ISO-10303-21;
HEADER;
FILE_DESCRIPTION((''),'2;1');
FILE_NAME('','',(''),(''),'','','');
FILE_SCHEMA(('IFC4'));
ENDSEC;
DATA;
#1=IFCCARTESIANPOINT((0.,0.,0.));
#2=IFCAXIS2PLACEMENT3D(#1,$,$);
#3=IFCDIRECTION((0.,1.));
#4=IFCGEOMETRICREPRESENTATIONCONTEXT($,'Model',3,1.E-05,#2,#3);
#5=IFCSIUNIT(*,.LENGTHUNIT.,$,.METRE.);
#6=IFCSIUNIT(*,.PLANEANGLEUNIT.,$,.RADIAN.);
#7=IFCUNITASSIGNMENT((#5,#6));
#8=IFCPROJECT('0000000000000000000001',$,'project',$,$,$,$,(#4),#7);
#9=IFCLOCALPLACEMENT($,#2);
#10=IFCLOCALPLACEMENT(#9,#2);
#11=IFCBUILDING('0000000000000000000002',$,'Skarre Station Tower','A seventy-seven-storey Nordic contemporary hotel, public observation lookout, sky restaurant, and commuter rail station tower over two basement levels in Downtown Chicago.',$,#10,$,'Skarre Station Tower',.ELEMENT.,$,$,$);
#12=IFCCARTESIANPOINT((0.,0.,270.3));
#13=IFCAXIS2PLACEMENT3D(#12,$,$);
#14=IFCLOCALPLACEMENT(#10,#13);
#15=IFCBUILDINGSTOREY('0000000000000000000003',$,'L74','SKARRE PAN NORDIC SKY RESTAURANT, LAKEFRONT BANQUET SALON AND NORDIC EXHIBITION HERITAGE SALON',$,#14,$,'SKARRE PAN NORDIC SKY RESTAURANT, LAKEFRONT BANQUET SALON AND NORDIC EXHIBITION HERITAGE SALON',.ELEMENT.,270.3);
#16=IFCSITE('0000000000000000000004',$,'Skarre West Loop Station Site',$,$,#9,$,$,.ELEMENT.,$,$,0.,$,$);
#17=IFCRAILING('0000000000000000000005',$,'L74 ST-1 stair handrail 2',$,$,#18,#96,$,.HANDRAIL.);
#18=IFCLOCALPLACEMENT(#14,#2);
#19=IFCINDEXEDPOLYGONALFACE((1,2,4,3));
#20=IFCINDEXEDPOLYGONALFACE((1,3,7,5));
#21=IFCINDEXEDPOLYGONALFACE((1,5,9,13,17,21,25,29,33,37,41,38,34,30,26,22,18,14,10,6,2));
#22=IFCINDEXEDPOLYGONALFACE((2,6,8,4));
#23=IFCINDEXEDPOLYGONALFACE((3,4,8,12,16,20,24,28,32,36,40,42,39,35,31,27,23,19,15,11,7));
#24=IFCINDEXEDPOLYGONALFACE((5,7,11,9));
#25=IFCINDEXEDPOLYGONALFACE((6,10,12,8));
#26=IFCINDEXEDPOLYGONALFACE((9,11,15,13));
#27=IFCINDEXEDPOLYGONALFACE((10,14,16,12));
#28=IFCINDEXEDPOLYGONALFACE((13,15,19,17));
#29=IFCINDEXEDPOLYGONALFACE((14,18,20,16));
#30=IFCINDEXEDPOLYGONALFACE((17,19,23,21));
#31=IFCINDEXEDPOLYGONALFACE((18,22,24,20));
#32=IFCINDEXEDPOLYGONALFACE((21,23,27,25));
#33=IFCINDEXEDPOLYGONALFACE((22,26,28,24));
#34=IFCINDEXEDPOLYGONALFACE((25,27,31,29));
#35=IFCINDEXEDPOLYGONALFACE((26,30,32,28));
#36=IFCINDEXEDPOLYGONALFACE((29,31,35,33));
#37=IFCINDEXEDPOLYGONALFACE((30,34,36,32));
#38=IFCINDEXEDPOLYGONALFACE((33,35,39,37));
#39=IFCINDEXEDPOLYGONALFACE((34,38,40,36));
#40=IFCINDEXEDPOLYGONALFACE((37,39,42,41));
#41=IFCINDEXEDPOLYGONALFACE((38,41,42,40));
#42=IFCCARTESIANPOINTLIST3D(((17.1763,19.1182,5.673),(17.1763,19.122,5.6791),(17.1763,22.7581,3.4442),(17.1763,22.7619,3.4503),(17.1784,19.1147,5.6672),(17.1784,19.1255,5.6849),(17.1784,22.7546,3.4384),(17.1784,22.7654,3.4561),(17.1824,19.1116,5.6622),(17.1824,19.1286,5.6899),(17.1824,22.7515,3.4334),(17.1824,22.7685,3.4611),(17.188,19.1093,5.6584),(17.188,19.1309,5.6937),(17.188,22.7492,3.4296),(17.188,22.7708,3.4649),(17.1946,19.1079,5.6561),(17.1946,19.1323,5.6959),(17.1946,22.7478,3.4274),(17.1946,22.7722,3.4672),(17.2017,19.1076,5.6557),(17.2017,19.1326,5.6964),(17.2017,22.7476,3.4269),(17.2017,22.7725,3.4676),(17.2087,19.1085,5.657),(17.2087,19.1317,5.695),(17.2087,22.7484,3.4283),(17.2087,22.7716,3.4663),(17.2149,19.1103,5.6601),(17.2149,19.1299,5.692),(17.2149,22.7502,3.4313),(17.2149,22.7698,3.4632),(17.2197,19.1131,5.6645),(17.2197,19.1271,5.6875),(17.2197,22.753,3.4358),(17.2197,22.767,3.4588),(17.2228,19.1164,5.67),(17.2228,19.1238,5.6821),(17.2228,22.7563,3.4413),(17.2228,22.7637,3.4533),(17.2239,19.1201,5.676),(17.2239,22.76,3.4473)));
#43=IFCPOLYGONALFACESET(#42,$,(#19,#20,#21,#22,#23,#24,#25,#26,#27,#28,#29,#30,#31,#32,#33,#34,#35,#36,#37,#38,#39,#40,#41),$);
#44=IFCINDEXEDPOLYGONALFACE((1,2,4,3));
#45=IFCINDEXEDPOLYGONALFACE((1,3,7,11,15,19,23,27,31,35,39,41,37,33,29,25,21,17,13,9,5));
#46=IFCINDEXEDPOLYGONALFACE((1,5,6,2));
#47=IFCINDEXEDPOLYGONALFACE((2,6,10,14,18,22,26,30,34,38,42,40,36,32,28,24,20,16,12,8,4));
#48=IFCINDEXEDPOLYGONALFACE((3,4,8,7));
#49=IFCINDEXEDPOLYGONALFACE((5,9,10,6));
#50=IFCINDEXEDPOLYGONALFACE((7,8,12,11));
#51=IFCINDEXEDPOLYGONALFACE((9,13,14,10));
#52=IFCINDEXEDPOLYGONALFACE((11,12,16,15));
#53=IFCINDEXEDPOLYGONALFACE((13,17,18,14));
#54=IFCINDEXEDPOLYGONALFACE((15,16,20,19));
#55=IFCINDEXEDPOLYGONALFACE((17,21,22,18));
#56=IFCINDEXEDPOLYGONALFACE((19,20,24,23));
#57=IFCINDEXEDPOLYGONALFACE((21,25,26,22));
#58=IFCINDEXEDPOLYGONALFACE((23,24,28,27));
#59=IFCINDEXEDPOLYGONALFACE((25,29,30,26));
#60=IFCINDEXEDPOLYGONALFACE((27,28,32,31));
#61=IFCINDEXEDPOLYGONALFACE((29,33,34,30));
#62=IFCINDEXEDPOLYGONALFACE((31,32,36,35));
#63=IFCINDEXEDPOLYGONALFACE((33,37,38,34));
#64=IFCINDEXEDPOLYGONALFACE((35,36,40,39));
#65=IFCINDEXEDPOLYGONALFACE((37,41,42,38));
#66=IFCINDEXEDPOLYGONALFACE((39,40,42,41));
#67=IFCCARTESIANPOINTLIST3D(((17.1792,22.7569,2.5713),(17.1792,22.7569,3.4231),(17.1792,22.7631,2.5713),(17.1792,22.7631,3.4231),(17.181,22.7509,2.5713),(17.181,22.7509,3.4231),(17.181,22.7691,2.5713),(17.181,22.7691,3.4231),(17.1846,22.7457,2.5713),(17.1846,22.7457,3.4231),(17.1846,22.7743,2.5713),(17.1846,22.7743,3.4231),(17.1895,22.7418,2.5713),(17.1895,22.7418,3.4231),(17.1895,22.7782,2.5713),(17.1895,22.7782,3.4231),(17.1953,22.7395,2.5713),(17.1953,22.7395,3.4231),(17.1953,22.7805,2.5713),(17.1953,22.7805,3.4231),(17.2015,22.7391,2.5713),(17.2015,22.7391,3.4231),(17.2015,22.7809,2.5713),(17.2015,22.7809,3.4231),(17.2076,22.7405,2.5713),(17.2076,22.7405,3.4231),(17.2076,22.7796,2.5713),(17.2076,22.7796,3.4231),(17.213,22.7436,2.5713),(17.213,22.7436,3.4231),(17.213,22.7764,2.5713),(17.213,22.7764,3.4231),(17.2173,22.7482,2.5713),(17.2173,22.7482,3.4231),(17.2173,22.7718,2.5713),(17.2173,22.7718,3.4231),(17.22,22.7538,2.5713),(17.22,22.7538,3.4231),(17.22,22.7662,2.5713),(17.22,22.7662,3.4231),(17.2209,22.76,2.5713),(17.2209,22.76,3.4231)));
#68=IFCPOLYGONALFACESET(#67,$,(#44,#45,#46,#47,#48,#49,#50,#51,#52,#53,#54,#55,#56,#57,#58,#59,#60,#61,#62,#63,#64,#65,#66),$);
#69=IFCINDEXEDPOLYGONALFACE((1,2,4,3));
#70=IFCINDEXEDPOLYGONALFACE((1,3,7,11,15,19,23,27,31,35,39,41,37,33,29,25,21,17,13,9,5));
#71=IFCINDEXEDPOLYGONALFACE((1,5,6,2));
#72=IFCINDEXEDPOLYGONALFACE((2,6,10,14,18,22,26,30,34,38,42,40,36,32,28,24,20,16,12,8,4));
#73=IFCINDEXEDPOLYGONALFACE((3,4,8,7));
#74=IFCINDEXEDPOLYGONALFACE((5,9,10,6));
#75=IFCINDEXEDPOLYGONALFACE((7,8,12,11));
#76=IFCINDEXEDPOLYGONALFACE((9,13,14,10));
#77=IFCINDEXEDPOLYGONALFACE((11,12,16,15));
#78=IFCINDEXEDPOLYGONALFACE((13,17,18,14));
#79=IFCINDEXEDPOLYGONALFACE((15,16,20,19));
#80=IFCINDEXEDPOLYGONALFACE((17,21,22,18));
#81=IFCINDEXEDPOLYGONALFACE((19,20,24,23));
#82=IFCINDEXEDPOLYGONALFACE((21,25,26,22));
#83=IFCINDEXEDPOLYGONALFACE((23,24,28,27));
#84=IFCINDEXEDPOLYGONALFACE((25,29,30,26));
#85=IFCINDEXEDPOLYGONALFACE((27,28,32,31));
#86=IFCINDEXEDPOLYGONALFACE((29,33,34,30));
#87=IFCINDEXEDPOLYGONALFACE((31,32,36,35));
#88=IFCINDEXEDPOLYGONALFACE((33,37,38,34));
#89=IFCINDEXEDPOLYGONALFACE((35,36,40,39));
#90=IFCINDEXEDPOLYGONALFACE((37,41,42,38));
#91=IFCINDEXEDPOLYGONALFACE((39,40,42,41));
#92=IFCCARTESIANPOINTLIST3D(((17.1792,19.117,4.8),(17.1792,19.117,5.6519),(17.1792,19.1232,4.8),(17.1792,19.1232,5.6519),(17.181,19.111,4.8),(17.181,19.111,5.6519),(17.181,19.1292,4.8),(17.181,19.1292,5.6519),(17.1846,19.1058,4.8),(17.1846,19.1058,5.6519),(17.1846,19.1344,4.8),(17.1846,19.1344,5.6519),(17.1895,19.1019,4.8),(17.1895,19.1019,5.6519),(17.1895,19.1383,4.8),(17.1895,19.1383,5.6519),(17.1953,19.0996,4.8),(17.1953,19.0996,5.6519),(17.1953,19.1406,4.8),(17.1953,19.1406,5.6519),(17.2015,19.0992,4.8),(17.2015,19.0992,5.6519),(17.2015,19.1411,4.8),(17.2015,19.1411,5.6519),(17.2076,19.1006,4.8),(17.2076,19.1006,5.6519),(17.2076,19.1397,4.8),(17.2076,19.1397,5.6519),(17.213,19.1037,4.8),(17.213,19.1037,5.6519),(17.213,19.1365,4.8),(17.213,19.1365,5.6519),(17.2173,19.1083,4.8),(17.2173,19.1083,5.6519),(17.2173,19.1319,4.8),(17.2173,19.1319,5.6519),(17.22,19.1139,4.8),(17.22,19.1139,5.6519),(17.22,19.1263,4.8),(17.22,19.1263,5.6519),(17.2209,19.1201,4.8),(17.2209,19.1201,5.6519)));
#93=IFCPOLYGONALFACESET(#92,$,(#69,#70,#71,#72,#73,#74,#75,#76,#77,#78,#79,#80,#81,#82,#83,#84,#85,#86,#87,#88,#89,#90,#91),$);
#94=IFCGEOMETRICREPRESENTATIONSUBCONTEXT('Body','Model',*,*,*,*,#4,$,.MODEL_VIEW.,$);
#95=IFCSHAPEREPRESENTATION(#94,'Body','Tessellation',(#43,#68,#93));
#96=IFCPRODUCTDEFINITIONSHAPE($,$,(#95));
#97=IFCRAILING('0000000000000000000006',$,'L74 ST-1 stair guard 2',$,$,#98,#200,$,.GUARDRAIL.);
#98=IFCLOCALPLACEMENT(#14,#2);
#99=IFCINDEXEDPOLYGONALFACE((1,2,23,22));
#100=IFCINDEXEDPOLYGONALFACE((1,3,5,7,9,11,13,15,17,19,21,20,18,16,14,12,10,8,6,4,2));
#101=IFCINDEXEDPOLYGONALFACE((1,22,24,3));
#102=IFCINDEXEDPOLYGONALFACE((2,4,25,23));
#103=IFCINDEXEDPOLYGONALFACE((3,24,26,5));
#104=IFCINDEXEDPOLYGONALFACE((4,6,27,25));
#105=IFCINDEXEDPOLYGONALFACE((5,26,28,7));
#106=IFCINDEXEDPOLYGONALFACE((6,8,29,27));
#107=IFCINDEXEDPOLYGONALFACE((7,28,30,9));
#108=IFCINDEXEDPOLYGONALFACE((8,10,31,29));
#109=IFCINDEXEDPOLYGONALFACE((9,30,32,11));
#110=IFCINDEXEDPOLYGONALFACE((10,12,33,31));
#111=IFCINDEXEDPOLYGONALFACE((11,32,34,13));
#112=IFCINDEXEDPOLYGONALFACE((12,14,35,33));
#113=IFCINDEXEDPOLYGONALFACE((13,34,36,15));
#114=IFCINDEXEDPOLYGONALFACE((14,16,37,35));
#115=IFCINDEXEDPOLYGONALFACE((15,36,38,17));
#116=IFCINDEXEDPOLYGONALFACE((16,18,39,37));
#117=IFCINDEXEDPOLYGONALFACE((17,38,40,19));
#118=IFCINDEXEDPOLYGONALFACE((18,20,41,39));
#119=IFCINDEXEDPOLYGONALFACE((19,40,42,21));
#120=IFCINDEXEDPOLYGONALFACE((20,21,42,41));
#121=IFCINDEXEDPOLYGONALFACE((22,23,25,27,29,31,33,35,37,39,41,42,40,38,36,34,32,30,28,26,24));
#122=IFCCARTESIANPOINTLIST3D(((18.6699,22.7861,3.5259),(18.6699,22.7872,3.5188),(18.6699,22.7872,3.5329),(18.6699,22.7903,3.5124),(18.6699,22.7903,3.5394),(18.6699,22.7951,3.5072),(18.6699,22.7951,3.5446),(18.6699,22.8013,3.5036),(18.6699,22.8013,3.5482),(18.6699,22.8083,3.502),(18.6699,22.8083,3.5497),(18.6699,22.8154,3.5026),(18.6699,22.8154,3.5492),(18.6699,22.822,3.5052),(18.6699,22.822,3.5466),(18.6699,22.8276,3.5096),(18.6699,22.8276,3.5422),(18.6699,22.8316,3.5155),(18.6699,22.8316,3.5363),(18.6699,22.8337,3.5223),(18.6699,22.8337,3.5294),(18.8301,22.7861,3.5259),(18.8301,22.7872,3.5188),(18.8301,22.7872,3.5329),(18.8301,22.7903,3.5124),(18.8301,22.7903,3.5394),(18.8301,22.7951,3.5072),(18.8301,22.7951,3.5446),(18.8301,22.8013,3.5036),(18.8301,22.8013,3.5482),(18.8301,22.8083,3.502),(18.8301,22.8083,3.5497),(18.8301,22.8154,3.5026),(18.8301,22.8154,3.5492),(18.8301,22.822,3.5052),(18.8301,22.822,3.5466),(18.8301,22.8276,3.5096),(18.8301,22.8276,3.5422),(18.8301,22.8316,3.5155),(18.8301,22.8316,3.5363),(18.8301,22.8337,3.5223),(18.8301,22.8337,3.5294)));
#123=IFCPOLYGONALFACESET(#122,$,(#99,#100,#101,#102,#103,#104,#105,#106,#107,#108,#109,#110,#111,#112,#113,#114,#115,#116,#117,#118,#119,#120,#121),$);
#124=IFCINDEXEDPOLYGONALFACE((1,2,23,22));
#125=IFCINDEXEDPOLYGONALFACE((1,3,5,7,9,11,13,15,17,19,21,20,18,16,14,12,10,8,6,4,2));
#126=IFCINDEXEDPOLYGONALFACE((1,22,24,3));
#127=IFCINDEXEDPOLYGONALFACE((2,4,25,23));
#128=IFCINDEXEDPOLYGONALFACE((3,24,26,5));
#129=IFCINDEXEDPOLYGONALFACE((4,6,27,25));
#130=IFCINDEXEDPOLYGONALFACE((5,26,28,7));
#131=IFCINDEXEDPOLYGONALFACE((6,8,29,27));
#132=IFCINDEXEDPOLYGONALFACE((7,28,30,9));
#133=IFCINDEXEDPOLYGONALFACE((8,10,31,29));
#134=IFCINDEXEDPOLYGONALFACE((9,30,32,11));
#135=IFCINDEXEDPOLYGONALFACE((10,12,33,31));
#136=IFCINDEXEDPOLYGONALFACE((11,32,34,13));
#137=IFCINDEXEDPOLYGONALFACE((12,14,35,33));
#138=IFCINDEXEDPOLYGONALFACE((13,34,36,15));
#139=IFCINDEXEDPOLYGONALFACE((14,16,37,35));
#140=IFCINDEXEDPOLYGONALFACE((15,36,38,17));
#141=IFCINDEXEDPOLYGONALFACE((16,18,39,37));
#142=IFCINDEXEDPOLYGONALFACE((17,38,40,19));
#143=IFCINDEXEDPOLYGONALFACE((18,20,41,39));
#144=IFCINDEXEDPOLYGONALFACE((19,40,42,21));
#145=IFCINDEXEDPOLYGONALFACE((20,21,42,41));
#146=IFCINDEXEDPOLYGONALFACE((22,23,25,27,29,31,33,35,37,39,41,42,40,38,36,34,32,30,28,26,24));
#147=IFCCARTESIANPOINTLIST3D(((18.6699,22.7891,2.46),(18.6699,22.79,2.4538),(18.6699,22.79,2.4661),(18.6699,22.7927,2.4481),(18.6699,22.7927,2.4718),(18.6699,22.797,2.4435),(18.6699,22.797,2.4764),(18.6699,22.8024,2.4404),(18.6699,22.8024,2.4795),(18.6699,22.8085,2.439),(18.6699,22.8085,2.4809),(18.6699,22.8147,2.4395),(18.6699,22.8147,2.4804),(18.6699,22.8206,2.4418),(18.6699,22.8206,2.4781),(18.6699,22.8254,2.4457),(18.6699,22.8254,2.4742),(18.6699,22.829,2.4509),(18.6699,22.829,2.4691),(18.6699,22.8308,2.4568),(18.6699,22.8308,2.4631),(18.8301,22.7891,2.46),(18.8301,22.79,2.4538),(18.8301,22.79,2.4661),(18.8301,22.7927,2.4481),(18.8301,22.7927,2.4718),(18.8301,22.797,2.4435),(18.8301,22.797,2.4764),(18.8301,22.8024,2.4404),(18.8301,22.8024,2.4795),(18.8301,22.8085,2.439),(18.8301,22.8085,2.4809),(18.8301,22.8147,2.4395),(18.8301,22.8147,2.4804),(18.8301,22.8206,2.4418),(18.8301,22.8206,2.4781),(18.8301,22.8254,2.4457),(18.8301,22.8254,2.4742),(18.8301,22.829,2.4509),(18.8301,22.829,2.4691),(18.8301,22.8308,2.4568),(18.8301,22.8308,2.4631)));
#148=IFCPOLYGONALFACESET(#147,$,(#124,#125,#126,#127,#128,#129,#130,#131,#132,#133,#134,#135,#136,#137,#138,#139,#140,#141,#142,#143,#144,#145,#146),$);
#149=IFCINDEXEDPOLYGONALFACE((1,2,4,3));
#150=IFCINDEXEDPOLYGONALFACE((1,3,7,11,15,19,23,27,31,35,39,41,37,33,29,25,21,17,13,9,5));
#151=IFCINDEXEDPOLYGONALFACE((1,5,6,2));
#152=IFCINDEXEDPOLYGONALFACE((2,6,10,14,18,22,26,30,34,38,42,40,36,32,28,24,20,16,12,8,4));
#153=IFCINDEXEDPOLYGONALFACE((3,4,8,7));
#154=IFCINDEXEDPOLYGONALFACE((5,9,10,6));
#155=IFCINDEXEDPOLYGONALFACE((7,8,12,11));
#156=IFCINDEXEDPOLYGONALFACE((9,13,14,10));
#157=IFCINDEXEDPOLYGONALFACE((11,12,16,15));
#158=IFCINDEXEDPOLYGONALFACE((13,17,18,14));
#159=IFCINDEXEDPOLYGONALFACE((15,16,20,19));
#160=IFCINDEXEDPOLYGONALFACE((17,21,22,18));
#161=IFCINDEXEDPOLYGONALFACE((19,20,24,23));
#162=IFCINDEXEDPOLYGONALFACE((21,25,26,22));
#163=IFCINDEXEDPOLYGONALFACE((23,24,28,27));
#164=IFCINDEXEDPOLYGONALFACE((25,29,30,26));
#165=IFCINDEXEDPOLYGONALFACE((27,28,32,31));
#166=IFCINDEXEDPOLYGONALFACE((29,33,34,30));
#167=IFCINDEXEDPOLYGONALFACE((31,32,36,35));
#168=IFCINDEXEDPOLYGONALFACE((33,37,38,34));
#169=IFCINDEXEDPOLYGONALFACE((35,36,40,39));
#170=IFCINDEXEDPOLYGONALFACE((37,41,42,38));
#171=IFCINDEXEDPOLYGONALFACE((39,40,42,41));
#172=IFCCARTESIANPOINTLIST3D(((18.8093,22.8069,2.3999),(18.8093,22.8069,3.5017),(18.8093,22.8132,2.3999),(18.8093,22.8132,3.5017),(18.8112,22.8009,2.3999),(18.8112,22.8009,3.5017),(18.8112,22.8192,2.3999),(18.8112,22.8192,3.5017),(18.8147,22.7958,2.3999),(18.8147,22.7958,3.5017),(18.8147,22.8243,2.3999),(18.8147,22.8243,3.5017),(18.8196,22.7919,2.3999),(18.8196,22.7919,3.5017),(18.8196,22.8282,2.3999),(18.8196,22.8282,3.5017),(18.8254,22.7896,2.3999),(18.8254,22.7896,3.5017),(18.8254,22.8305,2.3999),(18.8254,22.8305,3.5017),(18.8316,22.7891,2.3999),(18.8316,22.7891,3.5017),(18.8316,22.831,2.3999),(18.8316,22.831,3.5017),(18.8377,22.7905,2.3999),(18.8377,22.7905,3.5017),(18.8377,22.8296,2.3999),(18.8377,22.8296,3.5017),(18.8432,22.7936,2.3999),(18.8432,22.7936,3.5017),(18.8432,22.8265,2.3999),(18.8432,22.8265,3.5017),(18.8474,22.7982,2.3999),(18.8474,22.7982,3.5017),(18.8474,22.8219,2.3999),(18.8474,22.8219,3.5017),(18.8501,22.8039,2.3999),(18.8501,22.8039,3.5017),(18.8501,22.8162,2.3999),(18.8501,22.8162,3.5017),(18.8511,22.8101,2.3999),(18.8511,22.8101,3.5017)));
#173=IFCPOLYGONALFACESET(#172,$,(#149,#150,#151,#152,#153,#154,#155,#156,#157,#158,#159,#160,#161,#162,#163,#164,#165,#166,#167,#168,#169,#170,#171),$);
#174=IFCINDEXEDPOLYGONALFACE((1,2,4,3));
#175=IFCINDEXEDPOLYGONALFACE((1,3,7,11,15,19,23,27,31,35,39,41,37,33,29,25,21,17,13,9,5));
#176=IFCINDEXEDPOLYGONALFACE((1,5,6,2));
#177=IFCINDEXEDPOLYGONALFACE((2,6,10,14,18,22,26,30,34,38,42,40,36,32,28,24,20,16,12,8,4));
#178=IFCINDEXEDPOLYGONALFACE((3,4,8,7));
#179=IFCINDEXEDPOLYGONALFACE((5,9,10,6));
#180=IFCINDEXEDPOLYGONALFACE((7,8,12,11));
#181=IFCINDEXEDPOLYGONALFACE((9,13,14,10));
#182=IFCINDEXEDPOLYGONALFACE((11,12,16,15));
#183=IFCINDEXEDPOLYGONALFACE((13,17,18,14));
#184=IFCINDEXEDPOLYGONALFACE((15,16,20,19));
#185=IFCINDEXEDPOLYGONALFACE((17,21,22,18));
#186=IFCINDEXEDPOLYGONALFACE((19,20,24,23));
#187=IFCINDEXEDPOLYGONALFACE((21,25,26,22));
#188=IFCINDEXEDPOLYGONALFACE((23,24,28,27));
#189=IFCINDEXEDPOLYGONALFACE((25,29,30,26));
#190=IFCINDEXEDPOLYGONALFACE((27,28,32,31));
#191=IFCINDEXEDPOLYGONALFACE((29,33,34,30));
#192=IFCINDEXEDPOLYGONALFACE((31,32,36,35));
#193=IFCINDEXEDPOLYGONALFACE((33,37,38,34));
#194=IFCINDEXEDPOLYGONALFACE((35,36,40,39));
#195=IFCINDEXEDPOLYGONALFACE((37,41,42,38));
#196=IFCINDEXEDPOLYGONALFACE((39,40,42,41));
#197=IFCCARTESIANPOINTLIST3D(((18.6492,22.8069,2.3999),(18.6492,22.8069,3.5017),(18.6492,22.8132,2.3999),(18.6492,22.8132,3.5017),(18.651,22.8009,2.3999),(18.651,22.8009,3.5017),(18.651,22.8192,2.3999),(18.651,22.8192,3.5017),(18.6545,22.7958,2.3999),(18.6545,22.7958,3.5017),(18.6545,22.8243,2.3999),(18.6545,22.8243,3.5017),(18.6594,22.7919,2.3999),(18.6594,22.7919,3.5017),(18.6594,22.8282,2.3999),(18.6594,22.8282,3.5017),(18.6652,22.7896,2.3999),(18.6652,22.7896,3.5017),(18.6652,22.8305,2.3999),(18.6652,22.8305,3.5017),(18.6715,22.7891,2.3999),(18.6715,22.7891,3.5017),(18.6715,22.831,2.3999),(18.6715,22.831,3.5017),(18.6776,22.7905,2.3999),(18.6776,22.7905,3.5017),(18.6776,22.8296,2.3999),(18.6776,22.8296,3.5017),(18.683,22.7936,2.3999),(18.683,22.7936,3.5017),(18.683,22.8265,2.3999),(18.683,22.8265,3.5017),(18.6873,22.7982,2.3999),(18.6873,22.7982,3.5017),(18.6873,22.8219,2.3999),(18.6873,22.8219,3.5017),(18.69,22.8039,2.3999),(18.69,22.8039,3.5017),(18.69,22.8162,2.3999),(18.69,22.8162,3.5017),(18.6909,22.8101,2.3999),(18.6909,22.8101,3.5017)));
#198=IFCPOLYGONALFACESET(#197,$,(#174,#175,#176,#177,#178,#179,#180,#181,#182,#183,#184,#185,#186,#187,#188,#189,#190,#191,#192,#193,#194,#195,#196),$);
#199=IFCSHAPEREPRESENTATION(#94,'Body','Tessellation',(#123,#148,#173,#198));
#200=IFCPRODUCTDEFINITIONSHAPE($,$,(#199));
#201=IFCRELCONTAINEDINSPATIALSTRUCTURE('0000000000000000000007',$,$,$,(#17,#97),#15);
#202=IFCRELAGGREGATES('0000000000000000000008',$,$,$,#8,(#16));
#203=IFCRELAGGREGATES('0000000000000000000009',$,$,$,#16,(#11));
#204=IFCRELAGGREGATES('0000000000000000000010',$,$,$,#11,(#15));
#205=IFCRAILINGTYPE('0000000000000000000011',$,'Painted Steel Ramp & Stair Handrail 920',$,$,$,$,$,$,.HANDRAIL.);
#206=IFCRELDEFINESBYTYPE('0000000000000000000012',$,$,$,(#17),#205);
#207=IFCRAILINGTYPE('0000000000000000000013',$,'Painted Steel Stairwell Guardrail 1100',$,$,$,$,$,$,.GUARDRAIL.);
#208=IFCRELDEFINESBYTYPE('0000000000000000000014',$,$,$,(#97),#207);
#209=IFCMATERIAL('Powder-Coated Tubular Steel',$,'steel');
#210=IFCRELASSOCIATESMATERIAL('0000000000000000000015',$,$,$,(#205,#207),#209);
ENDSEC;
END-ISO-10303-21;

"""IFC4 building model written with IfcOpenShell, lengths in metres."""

from ifc_helpers import new_model, si_unit, direction, frame, origin, origin_2d, place, context, subcontext, project, spatial, circle, extrude, material, type_object, element, save


model = new_model("IFC4")

# Units and contexts
model_context = context("Model", 3, precision=1e-05, world=origin(), true_north=direction((0.0, 1.0)))
body_context = subcontext(model_context, "Body", "Model", "MODEL_VIEW")
ifc_project = project(units=[si_unit("LENGTHUNIT", "METRE"), si_unit("PLANEANGLEUNIT", "RADIAN")], contexts=[model_context])

# Site, building, storey
site_placement = place(None, origin())
site = spatial("IfcSite", under=ifc_project, at=site_placement, Name="Skarre West Loop Station Site", CompositionType="ELEMENT", RefElevation=0.0)
building_placement = place(site_placement, origin())
building = spatial("IfcBuilding", under=site, at=building_placement, Name="Skarre Station Tower", Description="A seventy-seven-storey Nordic contemporary hotel, public observation lookout, sky restaurant, and commuter rail station tower over two basement levels in Downtown Chicago.", LongName="Skarre Station Tower", CompositionType="ELEMENT")
storey_placement = place(building_placement, frame((0.0, 0.0, 270.3)))
storey = spatial("IfcBuildingStorey", under=building, at=storey_placement, Name="L74", Description="SKARRE PAN NORDIC SKY RESTAURANT, LAKEFRONT BANQUET SALON AND NORDIC EXHIBITION HERITAGE SALON", LongName="SKARRE PAN NORDIC SKY RESTAURANT, LAKEFRONT BANQUET SALON AND NORDIC EXHIBITION HERITAGE SALON", CompositionType="ELEMENT", Elevation=270.3)

# Railings
ifc_material_1 = material(Name="Powder-Coated Tubular Steel", Category="steel")
railing_type_1 = type_object("IfcRailingType", Name="Painted Steel Ramp & Stair Handrail 920", PredefinedType="HANDRAIL", material=ifc_material_1)
railing_1_placement = place(storey_placement, frame((17.2, 22.76, 2.5713)))
element("IfcRailing", 1, at=railing_1_placement, inside=storey, type_object=railing_type_1, Name="L74 ST-1 stair handrail 2", PredefinedType="HANDRAIL", context=body_context, shape_type="SweptSolid", body=[
    extrude(circle(Radius=0.0239, at=origin_2d()), frame((0.0, 0.0, 0.876), z_axis=(0.0, -0.852825, 0.522197), x_axis=(1.0, 0.0, 0.0)), (0.0, 0.0, 1.0), 4.2681),
    extrude(circle(Radius=0.021, at=origin_2d()), origin(), (0.0, 0.0, 1.0), 0.8518),
    extrude(circle(Radius=0.021, at=origin_2d()), frame((0.0, -3.6399, 2.2288)), (0.0, 0.0, 1.0), 0.8518),
])
railing_type_2 = type_object("IfcRailingType", Name="Painted Steel Stairwell Guardrail 1100", PredefinedType="GUARDRAIL", material=ifc_material_1)
railing_2_placement = place(storey_placement, frame((18.8301, 22.8101, 2.3999)))
element("IfcRailing", 2, at=railing_2_placement, inside=storey, type_object=railing_type_2, Name="L74 ST-1 stair guard 2", PredefinedType="GUARDRAIL", context=body_context, shape_type="SweptSolid", body=[
    extrude(circle(Radius=0.0239, at=origin_2d()), frame((0.0, 0.0, 1.126), z_axis=(-1.0, 0.0, 0.0), x_axis=(0.0, -1.0, 0.0)), (0.0, 0.0, 1.0), 0.1602),
    extrude(circle(Radius=0.021, at=origin_2d()), frame((0.0, 0.0, 0.0601), z_axis=(-1.0, 0.0, 0.0), x_axis=(0.0, -1.0, 0.0)), (0.0, 0.0, 1.0), 0.1602),
    extrude(circle(Radius=0.021, at=origin_2d()), origin(), (0.0, 0.0, 1.0), 1.1018),
    extrude(circle(Radius=0.021, at=origin_2d()), frame((-0.1602, 0.0, 0.0)), (0.0, 0.0, 1.0), 1.1018),
])

save(model, "model.ifc")
